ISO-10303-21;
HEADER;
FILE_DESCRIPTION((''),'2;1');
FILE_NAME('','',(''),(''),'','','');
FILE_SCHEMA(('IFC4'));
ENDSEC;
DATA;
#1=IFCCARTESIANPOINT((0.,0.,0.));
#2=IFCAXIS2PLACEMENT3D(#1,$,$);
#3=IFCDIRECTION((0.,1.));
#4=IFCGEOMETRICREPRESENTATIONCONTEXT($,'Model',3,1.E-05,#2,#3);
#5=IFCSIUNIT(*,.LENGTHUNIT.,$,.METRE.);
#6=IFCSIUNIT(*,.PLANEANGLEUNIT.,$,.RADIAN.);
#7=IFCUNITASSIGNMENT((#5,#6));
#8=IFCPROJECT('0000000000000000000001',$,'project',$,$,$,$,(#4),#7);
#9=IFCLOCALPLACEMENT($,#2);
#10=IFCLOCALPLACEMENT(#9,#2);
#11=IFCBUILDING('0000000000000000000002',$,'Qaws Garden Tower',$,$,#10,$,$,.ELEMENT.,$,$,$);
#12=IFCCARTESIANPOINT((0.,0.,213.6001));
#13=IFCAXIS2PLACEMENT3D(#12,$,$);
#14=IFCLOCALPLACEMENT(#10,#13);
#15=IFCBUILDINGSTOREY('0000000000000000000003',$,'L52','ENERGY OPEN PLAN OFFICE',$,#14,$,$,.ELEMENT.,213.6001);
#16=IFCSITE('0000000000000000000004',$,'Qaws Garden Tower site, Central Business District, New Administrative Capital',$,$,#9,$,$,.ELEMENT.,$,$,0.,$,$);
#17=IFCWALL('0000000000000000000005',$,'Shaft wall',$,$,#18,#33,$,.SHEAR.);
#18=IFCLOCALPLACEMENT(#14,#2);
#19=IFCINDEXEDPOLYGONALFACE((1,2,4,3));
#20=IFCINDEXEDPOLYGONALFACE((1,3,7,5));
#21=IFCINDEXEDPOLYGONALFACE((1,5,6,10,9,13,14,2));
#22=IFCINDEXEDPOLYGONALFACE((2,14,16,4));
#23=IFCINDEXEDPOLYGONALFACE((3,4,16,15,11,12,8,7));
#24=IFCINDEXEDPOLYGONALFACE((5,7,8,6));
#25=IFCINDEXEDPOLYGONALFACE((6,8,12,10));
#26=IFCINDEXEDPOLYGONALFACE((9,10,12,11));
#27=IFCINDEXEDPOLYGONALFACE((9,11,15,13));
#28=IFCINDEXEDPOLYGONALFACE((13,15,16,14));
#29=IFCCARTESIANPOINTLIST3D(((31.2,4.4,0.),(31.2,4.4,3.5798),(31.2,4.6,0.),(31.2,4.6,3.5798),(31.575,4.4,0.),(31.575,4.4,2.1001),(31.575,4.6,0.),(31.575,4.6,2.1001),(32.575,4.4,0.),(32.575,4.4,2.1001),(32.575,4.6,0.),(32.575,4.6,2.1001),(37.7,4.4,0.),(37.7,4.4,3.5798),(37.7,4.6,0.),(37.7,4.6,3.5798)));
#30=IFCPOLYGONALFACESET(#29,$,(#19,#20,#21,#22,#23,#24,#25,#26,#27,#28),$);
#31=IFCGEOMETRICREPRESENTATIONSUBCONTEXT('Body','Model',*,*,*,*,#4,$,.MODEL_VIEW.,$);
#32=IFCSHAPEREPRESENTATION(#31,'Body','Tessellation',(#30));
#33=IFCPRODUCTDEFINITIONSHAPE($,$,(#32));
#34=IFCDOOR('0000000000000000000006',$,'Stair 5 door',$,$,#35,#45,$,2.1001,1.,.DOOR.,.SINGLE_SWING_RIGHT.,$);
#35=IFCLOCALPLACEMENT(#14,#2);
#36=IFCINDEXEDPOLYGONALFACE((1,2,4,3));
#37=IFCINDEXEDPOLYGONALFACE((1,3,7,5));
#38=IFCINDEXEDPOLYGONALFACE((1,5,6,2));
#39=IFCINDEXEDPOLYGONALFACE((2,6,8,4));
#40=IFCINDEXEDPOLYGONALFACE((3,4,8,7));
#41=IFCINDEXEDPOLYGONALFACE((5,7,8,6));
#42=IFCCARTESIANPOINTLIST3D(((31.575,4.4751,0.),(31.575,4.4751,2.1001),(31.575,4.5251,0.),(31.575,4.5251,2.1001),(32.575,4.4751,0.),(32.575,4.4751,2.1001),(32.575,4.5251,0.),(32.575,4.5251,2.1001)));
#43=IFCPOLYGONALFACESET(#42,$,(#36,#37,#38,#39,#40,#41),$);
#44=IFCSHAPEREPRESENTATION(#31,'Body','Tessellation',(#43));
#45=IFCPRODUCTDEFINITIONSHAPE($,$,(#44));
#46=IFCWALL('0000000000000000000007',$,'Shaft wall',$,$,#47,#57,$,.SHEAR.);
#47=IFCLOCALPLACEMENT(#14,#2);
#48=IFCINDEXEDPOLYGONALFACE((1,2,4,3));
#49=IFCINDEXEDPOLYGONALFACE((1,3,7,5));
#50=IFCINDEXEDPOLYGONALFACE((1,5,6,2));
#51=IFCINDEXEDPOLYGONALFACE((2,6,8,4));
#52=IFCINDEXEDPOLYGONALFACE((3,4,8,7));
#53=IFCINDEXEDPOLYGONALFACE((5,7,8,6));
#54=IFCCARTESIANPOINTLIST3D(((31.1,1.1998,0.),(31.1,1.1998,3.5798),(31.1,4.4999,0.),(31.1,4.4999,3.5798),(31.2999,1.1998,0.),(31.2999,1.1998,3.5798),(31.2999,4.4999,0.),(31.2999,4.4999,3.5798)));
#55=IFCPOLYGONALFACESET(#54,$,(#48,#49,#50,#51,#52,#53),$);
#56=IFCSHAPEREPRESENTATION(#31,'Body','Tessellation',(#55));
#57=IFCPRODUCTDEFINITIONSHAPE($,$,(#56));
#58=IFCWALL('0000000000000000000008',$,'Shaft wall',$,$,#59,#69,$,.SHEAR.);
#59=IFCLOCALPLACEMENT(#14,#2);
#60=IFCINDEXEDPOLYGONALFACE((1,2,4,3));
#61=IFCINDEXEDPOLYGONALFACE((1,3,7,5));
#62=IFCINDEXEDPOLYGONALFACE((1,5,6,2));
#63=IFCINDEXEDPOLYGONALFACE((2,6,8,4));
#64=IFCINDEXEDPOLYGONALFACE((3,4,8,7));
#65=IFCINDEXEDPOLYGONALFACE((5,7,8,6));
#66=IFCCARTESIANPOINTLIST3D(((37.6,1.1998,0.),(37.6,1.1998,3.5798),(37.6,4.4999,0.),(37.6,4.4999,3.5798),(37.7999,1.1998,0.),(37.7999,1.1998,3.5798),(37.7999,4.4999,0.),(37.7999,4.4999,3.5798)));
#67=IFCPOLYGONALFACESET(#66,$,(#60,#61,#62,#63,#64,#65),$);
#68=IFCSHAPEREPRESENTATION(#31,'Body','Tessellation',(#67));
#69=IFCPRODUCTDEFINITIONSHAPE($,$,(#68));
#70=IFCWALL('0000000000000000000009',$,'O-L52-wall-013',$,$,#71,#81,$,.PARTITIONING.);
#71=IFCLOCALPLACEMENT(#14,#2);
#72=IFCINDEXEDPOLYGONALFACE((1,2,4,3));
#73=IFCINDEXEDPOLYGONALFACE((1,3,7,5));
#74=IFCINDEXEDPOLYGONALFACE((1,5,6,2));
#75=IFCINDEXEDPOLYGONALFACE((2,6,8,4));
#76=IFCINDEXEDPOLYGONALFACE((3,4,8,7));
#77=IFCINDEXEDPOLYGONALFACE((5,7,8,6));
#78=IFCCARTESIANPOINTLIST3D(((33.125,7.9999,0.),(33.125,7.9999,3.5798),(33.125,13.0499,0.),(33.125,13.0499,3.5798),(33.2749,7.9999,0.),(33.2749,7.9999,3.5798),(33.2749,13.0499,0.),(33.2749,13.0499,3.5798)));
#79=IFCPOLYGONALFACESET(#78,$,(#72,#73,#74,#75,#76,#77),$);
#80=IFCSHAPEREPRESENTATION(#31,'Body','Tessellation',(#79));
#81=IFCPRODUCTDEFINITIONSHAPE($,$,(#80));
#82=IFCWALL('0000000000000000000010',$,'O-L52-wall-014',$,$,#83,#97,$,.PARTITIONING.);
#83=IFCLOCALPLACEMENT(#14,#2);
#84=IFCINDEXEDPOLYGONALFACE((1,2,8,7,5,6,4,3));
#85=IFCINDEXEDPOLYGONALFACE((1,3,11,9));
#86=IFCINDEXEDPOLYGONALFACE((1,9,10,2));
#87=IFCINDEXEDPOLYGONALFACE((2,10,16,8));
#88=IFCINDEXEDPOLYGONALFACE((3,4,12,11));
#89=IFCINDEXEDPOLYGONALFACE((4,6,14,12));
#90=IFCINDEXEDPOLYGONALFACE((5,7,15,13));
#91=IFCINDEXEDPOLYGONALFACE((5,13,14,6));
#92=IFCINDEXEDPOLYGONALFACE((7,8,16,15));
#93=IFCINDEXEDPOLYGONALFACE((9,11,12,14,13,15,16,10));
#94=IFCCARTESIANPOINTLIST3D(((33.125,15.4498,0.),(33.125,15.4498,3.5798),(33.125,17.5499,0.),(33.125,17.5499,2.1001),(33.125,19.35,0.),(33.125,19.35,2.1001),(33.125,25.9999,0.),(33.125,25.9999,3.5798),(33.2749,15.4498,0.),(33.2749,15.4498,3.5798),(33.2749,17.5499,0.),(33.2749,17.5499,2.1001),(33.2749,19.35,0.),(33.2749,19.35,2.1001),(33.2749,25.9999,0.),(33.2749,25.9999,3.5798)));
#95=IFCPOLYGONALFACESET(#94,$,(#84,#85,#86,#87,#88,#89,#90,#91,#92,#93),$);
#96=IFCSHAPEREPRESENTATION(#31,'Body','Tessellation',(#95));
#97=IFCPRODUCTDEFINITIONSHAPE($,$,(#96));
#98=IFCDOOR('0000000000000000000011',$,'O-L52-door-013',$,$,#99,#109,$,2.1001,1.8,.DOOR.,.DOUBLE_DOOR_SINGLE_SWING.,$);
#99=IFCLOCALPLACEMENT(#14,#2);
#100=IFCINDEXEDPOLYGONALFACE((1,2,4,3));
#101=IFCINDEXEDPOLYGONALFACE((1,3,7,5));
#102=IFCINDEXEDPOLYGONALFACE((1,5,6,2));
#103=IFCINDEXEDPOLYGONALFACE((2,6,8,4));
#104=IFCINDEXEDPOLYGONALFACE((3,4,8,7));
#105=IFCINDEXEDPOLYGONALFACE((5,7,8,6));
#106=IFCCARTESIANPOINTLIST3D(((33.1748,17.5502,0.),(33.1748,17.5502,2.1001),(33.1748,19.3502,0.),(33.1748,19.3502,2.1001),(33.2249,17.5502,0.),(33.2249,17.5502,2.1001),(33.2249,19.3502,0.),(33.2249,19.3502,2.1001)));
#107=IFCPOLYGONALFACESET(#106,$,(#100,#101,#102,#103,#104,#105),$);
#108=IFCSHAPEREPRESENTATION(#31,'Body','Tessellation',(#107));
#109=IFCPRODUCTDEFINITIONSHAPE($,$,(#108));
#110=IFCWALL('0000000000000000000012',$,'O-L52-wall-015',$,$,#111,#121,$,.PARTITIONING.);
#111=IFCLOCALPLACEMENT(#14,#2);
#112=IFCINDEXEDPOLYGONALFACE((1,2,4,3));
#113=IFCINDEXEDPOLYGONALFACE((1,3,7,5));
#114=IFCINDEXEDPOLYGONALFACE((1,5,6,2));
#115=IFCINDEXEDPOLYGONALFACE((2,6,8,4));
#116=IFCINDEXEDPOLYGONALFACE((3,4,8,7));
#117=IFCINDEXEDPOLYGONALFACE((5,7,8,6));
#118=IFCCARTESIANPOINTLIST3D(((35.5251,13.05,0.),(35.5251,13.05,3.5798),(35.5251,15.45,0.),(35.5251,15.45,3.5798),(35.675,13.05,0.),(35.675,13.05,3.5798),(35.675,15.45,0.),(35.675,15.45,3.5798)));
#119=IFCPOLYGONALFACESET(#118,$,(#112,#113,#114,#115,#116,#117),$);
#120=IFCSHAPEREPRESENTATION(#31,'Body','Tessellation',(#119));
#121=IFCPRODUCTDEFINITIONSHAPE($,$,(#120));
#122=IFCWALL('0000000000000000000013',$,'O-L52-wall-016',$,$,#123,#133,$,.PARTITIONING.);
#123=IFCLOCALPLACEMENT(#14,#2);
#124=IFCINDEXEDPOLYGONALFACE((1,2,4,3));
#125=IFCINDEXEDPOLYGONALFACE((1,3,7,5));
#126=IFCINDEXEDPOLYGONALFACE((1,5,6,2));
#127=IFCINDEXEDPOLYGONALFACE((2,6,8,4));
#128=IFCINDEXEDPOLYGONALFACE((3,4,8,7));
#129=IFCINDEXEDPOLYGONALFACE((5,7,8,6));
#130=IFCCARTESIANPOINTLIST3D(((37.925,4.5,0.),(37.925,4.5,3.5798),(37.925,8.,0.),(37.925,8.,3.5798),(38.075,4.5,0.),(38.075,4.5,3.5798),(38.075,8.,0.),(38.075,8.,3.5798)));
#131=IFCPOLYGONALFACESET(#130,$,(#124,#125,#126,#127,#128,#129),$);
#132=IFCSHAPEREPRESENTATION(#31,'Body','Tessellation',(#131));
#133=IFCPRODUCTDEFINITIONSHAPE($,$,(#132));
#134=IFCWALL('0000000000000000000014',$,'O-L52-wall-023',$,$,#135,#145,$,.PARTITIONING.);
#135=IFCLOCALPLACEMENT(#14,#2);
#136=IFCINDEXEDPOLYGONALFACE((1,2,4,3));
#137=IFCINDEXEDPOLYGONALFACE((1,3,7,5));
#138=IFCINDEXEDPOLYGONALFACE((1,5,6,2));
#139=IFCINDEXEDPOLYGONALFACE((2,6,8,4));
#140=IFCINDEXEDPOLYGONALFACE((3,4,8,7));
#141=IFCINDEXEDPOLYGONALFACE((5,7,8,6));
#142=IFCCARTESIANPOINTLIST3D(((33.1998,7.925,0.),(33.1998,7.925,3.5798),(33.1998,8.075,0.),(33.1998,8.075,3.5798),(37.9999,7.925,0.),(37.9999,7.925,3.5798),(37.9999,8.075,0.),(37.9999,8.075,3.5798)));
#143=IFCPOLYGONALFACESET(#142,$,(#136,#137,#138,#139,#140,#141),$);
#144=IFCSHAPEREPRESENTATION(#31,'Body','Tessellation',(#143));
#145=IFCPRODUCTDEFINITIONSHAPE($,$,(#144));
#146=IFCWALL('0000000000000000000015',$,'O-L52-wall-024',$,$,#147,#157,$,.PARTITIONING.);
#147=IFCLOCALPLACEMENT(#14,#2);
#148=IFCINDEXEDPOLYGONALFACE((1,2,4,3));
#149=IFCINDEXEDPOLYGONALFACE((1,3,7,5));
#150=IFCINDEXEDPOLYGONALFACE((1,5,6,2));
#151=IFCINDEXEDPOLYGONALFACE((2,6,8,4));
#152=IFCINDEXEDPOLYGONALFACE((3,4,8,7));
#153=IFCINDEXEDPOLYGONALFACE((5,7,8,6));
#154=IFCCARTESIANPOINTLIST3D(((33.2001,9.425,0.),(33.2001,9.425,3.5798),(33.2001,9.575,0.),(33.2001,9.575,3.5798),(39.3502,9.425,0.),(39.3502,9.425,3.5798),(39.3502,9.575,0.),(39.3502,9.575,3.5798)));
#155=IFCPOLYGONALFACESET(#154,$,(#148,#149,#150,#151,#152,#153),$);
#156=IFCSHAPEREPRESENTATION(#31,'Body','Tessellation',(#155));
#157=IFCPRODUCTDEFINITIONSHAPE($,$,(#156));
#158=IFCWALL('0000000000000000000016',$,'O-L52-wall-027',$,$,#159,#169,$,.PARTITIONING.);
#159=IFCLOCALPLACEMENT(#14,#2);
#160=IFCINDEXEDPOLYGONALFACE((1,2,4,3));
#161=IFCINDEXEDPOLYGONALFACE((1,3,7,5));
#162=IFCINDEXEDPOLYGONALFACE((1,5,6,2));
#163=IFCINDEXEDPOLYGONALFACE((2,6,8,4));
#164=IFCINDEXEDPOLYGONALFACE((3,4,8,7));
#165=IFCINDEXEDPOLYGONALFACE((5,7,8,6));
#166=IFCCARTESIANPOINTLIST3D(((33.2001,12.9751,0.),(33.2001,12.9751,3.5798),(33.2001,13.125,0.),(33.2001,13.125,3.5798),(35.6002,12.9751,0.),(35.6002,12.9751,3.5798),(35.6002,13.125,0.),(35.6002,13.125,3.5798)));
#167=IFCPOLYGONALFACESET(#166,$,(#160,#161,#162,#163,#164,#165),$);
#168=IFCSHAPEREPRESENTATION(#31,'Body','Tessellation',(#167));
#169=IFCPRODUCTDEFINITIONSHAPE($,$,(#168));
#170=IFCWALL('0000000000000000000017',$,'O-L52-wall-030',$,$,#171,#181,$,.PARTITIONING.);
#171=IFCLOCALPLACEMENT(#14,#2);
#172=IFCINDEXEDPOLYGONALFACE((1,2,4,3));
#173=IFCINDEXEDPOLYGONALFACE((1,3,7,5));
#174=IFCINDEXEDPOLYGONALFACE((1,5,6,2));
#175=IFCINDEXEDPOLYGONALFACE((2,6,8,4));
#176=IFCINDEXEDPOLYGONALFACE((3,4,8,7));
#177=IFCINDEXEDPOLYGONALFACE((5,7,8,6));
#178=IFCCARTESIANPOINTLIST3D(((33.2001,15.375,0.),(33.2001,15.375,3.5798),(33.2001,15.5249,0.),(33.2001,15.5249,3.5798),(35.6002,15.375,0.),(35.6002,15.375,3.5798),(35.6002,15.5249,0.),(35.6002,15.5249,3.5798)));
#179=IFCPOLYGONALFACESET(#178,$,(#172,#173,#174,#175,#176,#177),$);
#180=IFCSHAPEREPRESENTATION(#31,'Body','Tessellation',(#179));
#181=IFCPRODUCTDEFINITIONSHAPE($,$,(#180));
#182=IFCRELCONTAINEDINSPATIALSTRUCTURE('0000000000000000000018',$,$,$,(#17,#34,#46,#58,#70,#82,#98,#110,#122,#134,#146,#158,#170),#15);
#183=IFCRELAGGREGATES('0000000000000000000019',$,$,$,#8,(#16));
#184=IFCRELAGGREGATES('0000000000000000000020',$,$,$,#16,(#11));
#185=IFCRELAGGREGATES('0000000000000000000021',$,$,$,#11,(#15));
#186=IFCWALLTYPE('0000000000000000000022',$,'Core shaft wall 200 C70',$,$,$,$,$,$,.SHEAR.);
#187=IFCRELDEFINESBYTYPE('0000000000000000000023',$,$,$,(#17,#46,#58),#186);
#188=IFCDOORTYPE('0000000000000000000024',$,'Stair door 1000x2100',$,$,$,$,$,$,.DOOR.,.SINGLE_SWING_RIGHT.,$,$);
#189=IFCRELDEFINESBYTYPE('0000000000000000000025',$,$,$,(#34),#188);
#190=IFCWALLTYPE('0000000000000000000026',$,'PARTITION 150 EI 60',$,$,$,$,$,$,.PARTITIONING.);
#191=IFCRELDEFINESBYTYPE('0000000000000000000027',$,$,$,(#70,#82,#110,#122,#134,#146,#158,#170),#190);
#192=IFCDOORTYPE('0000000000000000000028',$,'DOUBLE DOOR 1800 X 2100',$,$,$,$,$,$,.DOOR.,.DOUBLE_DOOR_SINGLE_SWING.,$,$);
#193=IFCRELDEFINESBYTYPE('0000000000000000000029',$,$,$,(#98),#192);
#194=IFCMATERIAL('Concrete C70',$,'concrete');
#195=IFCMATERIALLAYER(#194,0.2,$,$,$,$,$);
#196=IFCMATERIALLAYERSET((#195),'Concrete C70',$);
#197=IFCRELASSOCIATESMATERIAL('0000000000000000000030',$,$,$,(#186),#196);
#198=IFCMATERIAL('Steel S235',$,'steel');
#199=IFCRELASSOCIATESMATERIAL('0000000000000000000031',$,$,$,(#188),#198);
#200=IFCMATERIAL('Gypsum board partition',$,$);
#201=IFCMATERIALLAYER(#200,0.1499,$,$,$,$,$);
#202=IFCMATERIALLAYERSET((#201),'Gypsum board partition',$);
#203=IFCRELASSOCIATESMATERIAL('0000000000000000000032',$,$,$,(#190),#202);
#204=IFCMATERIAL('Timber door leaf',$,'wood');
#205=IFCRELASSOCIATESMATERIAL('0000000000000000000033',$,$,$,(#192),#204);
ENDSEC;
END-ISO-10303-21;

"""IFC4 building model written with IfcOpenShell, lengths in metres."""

from ifc_helpers import new_model, si_unit, direction, frame, frame_2d, origin, place, context, subcontext, project, spatial, rectangle, extrude, material, layer, layer_set, type_object, element, fill, save


model = new_model("IFC4")

# Units and contexts
model_context = context("Model", 3, precision=1e-05, world=origin(), true_north=direction((0.0, 1.0)))
body_context = subcontext(model_context, "Body", "Model", "MODEL_VIEW")
ifc_project = project(units=[si_unit("LENGTHUNIT", "METRE"), si_unit("PLANEANGLEUNIT", "RADIAN")], contexts=[model_context])

# Site, building, storey
site_placement = place(None, origin())
site = spatial("IfcSite", under=ifc_project, at=site_placement, Name="Qaws Garden Tower site, Central Business District, New Administrative Capital", CompositionType="ELEMENT", RefElevation=0.0)
building_placement = place(site_placement, origin())
building = spatial("IfcBuilding", under=site, at=building_placement, Name="Qaws Garden Tower", CompositionType="ELEMENT")
storey_placement = place(building_placement, frame((0.0, 0.0, 213.6001)))
storey = spatial("IfcBuildingStorey", under=building, at=storey_placement, Name="L52", Description="ENERGY OPEN PLAN OFFICE", CompositionType="ELEMENT", Elevation=213.6001)

# Wall, opening, door
ifc_material_1 = material(Name="Concrete C70", Category="concrete")
ifc_layer_1 = layer(ifc_material_1, 0.2)
ifc_layer_set_1 = layer_set([ifc_layer_1], Name="Concrete C70")
wall_type_1 = type_object("IfcWallType", Name="Core shaft wall 200 C70", PredefinedType="SHEAR", material=ifc_layer_set_1)
wall_1_placement = place(storey_placement, frame((31.2, 4.5, 0.0), z_axis=(0.0, 0.0, 1.0), x_axis=(1.0, 0.0, 0.0)))
wall_1 = element("IfcWall", 1, at=wall_1_placement, inside=storey, type_object=wall_type_1, Name="Shaft wall", PredefinedType="SHEAR", context=body_context, shape_type="SweptSolid", body=[
    extrude(rectangle(XDim=6.5, YDim=0.2, at=frame_2d((3.25, 0.0))), origin(), (0.0, 0.0, 1.0), 3.5798),
])
opening_1_placement = place(wall_1_placement, frame((0.375, 0.0, 0.0)))
opening_1 = element("IfcOpeningElement", 2, at=opening_1_placement, cuts=wall_1, PredefinedType="OPENING", context=body_context, shape_type="SweptSolid", body=[
    extrude(rectangle(XDim=1.0, YDim=2.1001, at=frame_2d((0.5, 1.05))), frame((0.0, 0.1099, 0.0), z_axis=(0.0, -1.0, 0.0), x_axis=(1.0, 0.0, 0.0)), (0.0, 0.0, 1.0), 0.22),
])
ifc_material_2 = material(Name="Steel S235", Category="steel")
door_type_1 = type_object("IfcDoorType", Name="Stair door 1000x2100", OperationType="SINGLE_SWING_RIGHT", PredefinedType="DOOR", material=ifc_material_2)
door_1_placement = place(opening_1_placement, frame((1.0, 0.0, 0.0), z_axis=(0.0, 0.0, 1.0), x_axis=(-1.0, 0.0, 0.0)))
door_1 = element("IfcDoor", 3, at=door_1_placement, inside=storey, type_object=door_type_1, Name="Stair 5 door", OperationType="SINGLE_SWING_RIGHT", OverallHeight=2.1001, OverallWidth=1.0, PredefinedType="DOOR", context=body_context, shape_type="SweptSolid", body=[
    extrude(rectangle(XDim=1.0, YDim=2.1001, at=frame_2d((0.5, 1.05))), frame((0.0, 0.0249, 0.0), z_axis=(0.0, -1.0, 0.0), x_axis=(1.0, 0.0, 0.0)), (0.0, 0.0, 1.0), 0.05),
])
fill(opening_1, door_1)

# Walls
for number, where, z_axis, x_axis, name in (
    (4, (31.2, 1.2, 0.0), (0.0, 0.0, 1.0), (0.0, 1.0, 0.0), "Shaft wall"),
    (5, (37.7, 1.2, 0.0), (0.0, 0.0, 1.0), (0.0, 1.0, 0.0), "Shaft wall"),
):
    element("IfcWall", number, at=place(storey_placement, frame(where, z_axis=z_axis, x_axis=x_axis)), inside=storey, type_object=wall_type_1, Name=name, PredefinedType="SHEAR", context=body_context, shape_type="SweptSolid", body=[
        extrude(rectangle(XDim=3.3, YDim=0.2, at=frame_2d((1.6499, 0.0))), origin(), (0.0, 0.0, 1.0), 3.5798),
    ])
ifc_material_3 = material(Name="Gypsum board partition")
ifc_layer_2 = layer(ifc_material_3, 0.1499)
ifc_layer_set_2 = layer_set([ifc_layer_2], Name="Gypsum board partition")
wall_type_2 = type_object("IfcWallType", Name="PARTITION 150 EI 60", PredefinedType="PARTITIONING", material=ifc_layer_set_2)
wall_2_placement = place(storey_placement, frame((33.2, 8.0, 0.0), z_axis=(0.0, 0.0, 1.0), x_axis=(0.0, 1.0, 0.0)))
element("IfcWall", 6, at=wall_2_placement, inside=storey, type_object=wall_type_2, Name="O-L52-wall-013", PredefinedType="PARTITIONING", context=body_context, shape_type="SweptSolid", body=[
    extrude(rectangle(XDim=5.05, YDim=0.1499, at=frame_2d((2.5249, 0.0))), origin(), (0.0, 0.0, 1.0), 3.5798),
])

# Wall, opening, door
wall_3_placement = place(storey_placement, frame((33.2, 15.45, 0.0), z_axis=(0.0, 0.0, 1.0), x_axis=(0.0, 1.0, 0.0)))
wall_3 = element("IfcWall", 7, at=wall_3_placement, inside=storey, type_object=wall_type_2, Name="O-L52-wall-014", PredefinedType="PARTITIONING", context=body_context, shape_type="SweptSolid", body=[
    extrude(rectangle(XDim=10.55, YDim=0.1499, at=frame_2d((5.2749, 0.0))), origin(), (0.0, 0.0, 1.0), 3.5798),
])
opening_2_placement = place(wall_3_placement, frame((2.1001, 0.0, 0.0)))
opening_2 = element("IfcOpeningElement", 8, at=opening_2_placement, cuts=wall_3, PredefinedType="OPENING", context=body_context, shape_type="SweptSolid", body=[
    extrude(rectangle(XDim=1.8, YDim=2.1001, at=frame_2d((0.8999, 1.05))), frame((0.0, 0.085, 0.0), z_axis=(0.0, -1.0, 0.0), x_axis=(1.0, 0.0, 0.0)), (0.0, 0.0, 1.0), 0.1699),
])
ifc_material_4 = material(Name="Timber door leaf", Category="wood")
door_type_2 = type_object("IfcDoorType", Name="DOUBLE DOOR 1800 X 2100", OperationType="DOUBLE_DOOR_SINGLE_SWING", PredefinedType="DOOR", material=ifc_material_4)
door_2_placement = place(opening_2_placement, frame((1.8, 0.0, 0.0), z_axis=(0.0, 0.0, 1.0), x_axis=(-1.0, 0.0, 0.0)))
door_2 = element("IfcDoor", 9, at=door_2_placement, inside=storey, type_object=door_type_2, Name="O-L52-door-013", OperationType="DOUBLE_DOOR_SINGLE_SWING", OverallHeight=2.1001, OverallWidth=1.8, PredefinedType="DOOR", context=body_context, shape_type="SweptSolid", body=[
    extrude(rectangle(XDim=1.8, YDim=2.1001, at=frame_2d((0.8999, 1.05))), frame((0.0, 0.0249, 0.0), z_axis=(0.0, -1.0, 0.0), x_axis=(1.0, 0.0, 0.0)), (0.0, 0.0, 1.0), 0.05),
])
fill(opening_2, door_2)

# Walls
wall_4_placement = place(storey_placement, frame((35.6001, 13.05, 0.0), z_axis=(0.0, 0.0, 1.0), x_axis=(0.0, 1.0, 0.0)))
element("IfcWall", 10, at=wall_4_placement, inside=storey, type_object=wall_type_2, Name="O-L52-wall-015", PredefinedType="PARTITIONING", context=body_context, shape_type="SweptSolid", body=[
    extrude(rectangle(XDim=2.3999, YDim=0.1499, at=frame_2d((1.2, 0.0))), origin(), (0.0, 0.0, 1.0), 3.5798),
])
wall_5_placement = place(storey_placement, frame((38.0, 4.5, 0.0), z_axis=(0.0, 0.0, 1.0), x_axis=(0.0, 1.0, 0.0)))
element("IfcWall", 11, at=wall_5_placement, inside=storey, type_object=wall_type_2, Name="O-L52-wall-016", PredefinedType="PARTITIONING", context=body_context, shape_type="SweptSolid", body=[
    extrude(rectangle(XDim=3.5, YDim=0.1499, at=frame_2d((1.75, 0.0))), origin(), (0.0, 0.0, 1.0), 3.5798),
])
wall_6_placement = place(storey_placement, frame((33.2, 8.0, 0.0), z_axis=(0.0, 0.0, 1.0), x_axis=(1.0, 0.0, 0.0)))
element("IfcWall", 12, at=wall_6_placement, inside=storey, type_object=wall_type_2, Name="O-L52-wall-023", PredefinedType="PARTITIONING", context=body_context, shape_type="SweptSolid", body=[
    extrude(rectangle(XDim=4.8, YDim=0.1499, at=frame_2d((2.3999, 0.0))), origin(), (0.0, 0.0, 1.0), 3.5798),
])
wall_7_placement = place(storey_placement, frame((33.2, 9.5, 0.0), z_axis=(0.0, 0.0, 1.0), x_axis=(1.0, 0.0, 0.0)))
element("IfcWall", 13, at=wall_7_placement, inside=storey, type_object=wall_type_2, Name="O-L52-wall-024", PredefinedType="PARTITIONING", context=body_context, shape_type="SweptSolid", body=[
    extrude(rectangle(XDim=6.1501, YDim=0.1499, at=frame_2d((3.0752, 0.0))), origin(), (0.0, 0.0, 1.0), 3.5798),
])
for number, where, z_axis, x_axis, name in (
    (14, (33.2, 13.05, 0.0), (0.0, 0.0, 1.0), (1.0, 0.0, 0.0), "O-L52-wall-027"),
    (15, (33.2, 15.45, 0.0), (0.0, 0.0, 1.0), (1.0, 0.0, 0.0), "O-L52-wall-030"),
):
    element("IfcWall", number, at=place(storey_placement, frame(where, z_axis=z_axis, x_axis=x_axis)), inside=storey, type_object=wall_type_2, Name=name, PredefinedType="PARTITIONING", context=body_context, shape_type="SweptSolid", body=[
        extrude(rectangle(XDim=2.4001, YDim=0.1499, at=frame_2d((1.2002, 0.0))), origin(), (0.0, 0.0, 1.0), 3.5798),
    ])

save(model, "model.ifc")
